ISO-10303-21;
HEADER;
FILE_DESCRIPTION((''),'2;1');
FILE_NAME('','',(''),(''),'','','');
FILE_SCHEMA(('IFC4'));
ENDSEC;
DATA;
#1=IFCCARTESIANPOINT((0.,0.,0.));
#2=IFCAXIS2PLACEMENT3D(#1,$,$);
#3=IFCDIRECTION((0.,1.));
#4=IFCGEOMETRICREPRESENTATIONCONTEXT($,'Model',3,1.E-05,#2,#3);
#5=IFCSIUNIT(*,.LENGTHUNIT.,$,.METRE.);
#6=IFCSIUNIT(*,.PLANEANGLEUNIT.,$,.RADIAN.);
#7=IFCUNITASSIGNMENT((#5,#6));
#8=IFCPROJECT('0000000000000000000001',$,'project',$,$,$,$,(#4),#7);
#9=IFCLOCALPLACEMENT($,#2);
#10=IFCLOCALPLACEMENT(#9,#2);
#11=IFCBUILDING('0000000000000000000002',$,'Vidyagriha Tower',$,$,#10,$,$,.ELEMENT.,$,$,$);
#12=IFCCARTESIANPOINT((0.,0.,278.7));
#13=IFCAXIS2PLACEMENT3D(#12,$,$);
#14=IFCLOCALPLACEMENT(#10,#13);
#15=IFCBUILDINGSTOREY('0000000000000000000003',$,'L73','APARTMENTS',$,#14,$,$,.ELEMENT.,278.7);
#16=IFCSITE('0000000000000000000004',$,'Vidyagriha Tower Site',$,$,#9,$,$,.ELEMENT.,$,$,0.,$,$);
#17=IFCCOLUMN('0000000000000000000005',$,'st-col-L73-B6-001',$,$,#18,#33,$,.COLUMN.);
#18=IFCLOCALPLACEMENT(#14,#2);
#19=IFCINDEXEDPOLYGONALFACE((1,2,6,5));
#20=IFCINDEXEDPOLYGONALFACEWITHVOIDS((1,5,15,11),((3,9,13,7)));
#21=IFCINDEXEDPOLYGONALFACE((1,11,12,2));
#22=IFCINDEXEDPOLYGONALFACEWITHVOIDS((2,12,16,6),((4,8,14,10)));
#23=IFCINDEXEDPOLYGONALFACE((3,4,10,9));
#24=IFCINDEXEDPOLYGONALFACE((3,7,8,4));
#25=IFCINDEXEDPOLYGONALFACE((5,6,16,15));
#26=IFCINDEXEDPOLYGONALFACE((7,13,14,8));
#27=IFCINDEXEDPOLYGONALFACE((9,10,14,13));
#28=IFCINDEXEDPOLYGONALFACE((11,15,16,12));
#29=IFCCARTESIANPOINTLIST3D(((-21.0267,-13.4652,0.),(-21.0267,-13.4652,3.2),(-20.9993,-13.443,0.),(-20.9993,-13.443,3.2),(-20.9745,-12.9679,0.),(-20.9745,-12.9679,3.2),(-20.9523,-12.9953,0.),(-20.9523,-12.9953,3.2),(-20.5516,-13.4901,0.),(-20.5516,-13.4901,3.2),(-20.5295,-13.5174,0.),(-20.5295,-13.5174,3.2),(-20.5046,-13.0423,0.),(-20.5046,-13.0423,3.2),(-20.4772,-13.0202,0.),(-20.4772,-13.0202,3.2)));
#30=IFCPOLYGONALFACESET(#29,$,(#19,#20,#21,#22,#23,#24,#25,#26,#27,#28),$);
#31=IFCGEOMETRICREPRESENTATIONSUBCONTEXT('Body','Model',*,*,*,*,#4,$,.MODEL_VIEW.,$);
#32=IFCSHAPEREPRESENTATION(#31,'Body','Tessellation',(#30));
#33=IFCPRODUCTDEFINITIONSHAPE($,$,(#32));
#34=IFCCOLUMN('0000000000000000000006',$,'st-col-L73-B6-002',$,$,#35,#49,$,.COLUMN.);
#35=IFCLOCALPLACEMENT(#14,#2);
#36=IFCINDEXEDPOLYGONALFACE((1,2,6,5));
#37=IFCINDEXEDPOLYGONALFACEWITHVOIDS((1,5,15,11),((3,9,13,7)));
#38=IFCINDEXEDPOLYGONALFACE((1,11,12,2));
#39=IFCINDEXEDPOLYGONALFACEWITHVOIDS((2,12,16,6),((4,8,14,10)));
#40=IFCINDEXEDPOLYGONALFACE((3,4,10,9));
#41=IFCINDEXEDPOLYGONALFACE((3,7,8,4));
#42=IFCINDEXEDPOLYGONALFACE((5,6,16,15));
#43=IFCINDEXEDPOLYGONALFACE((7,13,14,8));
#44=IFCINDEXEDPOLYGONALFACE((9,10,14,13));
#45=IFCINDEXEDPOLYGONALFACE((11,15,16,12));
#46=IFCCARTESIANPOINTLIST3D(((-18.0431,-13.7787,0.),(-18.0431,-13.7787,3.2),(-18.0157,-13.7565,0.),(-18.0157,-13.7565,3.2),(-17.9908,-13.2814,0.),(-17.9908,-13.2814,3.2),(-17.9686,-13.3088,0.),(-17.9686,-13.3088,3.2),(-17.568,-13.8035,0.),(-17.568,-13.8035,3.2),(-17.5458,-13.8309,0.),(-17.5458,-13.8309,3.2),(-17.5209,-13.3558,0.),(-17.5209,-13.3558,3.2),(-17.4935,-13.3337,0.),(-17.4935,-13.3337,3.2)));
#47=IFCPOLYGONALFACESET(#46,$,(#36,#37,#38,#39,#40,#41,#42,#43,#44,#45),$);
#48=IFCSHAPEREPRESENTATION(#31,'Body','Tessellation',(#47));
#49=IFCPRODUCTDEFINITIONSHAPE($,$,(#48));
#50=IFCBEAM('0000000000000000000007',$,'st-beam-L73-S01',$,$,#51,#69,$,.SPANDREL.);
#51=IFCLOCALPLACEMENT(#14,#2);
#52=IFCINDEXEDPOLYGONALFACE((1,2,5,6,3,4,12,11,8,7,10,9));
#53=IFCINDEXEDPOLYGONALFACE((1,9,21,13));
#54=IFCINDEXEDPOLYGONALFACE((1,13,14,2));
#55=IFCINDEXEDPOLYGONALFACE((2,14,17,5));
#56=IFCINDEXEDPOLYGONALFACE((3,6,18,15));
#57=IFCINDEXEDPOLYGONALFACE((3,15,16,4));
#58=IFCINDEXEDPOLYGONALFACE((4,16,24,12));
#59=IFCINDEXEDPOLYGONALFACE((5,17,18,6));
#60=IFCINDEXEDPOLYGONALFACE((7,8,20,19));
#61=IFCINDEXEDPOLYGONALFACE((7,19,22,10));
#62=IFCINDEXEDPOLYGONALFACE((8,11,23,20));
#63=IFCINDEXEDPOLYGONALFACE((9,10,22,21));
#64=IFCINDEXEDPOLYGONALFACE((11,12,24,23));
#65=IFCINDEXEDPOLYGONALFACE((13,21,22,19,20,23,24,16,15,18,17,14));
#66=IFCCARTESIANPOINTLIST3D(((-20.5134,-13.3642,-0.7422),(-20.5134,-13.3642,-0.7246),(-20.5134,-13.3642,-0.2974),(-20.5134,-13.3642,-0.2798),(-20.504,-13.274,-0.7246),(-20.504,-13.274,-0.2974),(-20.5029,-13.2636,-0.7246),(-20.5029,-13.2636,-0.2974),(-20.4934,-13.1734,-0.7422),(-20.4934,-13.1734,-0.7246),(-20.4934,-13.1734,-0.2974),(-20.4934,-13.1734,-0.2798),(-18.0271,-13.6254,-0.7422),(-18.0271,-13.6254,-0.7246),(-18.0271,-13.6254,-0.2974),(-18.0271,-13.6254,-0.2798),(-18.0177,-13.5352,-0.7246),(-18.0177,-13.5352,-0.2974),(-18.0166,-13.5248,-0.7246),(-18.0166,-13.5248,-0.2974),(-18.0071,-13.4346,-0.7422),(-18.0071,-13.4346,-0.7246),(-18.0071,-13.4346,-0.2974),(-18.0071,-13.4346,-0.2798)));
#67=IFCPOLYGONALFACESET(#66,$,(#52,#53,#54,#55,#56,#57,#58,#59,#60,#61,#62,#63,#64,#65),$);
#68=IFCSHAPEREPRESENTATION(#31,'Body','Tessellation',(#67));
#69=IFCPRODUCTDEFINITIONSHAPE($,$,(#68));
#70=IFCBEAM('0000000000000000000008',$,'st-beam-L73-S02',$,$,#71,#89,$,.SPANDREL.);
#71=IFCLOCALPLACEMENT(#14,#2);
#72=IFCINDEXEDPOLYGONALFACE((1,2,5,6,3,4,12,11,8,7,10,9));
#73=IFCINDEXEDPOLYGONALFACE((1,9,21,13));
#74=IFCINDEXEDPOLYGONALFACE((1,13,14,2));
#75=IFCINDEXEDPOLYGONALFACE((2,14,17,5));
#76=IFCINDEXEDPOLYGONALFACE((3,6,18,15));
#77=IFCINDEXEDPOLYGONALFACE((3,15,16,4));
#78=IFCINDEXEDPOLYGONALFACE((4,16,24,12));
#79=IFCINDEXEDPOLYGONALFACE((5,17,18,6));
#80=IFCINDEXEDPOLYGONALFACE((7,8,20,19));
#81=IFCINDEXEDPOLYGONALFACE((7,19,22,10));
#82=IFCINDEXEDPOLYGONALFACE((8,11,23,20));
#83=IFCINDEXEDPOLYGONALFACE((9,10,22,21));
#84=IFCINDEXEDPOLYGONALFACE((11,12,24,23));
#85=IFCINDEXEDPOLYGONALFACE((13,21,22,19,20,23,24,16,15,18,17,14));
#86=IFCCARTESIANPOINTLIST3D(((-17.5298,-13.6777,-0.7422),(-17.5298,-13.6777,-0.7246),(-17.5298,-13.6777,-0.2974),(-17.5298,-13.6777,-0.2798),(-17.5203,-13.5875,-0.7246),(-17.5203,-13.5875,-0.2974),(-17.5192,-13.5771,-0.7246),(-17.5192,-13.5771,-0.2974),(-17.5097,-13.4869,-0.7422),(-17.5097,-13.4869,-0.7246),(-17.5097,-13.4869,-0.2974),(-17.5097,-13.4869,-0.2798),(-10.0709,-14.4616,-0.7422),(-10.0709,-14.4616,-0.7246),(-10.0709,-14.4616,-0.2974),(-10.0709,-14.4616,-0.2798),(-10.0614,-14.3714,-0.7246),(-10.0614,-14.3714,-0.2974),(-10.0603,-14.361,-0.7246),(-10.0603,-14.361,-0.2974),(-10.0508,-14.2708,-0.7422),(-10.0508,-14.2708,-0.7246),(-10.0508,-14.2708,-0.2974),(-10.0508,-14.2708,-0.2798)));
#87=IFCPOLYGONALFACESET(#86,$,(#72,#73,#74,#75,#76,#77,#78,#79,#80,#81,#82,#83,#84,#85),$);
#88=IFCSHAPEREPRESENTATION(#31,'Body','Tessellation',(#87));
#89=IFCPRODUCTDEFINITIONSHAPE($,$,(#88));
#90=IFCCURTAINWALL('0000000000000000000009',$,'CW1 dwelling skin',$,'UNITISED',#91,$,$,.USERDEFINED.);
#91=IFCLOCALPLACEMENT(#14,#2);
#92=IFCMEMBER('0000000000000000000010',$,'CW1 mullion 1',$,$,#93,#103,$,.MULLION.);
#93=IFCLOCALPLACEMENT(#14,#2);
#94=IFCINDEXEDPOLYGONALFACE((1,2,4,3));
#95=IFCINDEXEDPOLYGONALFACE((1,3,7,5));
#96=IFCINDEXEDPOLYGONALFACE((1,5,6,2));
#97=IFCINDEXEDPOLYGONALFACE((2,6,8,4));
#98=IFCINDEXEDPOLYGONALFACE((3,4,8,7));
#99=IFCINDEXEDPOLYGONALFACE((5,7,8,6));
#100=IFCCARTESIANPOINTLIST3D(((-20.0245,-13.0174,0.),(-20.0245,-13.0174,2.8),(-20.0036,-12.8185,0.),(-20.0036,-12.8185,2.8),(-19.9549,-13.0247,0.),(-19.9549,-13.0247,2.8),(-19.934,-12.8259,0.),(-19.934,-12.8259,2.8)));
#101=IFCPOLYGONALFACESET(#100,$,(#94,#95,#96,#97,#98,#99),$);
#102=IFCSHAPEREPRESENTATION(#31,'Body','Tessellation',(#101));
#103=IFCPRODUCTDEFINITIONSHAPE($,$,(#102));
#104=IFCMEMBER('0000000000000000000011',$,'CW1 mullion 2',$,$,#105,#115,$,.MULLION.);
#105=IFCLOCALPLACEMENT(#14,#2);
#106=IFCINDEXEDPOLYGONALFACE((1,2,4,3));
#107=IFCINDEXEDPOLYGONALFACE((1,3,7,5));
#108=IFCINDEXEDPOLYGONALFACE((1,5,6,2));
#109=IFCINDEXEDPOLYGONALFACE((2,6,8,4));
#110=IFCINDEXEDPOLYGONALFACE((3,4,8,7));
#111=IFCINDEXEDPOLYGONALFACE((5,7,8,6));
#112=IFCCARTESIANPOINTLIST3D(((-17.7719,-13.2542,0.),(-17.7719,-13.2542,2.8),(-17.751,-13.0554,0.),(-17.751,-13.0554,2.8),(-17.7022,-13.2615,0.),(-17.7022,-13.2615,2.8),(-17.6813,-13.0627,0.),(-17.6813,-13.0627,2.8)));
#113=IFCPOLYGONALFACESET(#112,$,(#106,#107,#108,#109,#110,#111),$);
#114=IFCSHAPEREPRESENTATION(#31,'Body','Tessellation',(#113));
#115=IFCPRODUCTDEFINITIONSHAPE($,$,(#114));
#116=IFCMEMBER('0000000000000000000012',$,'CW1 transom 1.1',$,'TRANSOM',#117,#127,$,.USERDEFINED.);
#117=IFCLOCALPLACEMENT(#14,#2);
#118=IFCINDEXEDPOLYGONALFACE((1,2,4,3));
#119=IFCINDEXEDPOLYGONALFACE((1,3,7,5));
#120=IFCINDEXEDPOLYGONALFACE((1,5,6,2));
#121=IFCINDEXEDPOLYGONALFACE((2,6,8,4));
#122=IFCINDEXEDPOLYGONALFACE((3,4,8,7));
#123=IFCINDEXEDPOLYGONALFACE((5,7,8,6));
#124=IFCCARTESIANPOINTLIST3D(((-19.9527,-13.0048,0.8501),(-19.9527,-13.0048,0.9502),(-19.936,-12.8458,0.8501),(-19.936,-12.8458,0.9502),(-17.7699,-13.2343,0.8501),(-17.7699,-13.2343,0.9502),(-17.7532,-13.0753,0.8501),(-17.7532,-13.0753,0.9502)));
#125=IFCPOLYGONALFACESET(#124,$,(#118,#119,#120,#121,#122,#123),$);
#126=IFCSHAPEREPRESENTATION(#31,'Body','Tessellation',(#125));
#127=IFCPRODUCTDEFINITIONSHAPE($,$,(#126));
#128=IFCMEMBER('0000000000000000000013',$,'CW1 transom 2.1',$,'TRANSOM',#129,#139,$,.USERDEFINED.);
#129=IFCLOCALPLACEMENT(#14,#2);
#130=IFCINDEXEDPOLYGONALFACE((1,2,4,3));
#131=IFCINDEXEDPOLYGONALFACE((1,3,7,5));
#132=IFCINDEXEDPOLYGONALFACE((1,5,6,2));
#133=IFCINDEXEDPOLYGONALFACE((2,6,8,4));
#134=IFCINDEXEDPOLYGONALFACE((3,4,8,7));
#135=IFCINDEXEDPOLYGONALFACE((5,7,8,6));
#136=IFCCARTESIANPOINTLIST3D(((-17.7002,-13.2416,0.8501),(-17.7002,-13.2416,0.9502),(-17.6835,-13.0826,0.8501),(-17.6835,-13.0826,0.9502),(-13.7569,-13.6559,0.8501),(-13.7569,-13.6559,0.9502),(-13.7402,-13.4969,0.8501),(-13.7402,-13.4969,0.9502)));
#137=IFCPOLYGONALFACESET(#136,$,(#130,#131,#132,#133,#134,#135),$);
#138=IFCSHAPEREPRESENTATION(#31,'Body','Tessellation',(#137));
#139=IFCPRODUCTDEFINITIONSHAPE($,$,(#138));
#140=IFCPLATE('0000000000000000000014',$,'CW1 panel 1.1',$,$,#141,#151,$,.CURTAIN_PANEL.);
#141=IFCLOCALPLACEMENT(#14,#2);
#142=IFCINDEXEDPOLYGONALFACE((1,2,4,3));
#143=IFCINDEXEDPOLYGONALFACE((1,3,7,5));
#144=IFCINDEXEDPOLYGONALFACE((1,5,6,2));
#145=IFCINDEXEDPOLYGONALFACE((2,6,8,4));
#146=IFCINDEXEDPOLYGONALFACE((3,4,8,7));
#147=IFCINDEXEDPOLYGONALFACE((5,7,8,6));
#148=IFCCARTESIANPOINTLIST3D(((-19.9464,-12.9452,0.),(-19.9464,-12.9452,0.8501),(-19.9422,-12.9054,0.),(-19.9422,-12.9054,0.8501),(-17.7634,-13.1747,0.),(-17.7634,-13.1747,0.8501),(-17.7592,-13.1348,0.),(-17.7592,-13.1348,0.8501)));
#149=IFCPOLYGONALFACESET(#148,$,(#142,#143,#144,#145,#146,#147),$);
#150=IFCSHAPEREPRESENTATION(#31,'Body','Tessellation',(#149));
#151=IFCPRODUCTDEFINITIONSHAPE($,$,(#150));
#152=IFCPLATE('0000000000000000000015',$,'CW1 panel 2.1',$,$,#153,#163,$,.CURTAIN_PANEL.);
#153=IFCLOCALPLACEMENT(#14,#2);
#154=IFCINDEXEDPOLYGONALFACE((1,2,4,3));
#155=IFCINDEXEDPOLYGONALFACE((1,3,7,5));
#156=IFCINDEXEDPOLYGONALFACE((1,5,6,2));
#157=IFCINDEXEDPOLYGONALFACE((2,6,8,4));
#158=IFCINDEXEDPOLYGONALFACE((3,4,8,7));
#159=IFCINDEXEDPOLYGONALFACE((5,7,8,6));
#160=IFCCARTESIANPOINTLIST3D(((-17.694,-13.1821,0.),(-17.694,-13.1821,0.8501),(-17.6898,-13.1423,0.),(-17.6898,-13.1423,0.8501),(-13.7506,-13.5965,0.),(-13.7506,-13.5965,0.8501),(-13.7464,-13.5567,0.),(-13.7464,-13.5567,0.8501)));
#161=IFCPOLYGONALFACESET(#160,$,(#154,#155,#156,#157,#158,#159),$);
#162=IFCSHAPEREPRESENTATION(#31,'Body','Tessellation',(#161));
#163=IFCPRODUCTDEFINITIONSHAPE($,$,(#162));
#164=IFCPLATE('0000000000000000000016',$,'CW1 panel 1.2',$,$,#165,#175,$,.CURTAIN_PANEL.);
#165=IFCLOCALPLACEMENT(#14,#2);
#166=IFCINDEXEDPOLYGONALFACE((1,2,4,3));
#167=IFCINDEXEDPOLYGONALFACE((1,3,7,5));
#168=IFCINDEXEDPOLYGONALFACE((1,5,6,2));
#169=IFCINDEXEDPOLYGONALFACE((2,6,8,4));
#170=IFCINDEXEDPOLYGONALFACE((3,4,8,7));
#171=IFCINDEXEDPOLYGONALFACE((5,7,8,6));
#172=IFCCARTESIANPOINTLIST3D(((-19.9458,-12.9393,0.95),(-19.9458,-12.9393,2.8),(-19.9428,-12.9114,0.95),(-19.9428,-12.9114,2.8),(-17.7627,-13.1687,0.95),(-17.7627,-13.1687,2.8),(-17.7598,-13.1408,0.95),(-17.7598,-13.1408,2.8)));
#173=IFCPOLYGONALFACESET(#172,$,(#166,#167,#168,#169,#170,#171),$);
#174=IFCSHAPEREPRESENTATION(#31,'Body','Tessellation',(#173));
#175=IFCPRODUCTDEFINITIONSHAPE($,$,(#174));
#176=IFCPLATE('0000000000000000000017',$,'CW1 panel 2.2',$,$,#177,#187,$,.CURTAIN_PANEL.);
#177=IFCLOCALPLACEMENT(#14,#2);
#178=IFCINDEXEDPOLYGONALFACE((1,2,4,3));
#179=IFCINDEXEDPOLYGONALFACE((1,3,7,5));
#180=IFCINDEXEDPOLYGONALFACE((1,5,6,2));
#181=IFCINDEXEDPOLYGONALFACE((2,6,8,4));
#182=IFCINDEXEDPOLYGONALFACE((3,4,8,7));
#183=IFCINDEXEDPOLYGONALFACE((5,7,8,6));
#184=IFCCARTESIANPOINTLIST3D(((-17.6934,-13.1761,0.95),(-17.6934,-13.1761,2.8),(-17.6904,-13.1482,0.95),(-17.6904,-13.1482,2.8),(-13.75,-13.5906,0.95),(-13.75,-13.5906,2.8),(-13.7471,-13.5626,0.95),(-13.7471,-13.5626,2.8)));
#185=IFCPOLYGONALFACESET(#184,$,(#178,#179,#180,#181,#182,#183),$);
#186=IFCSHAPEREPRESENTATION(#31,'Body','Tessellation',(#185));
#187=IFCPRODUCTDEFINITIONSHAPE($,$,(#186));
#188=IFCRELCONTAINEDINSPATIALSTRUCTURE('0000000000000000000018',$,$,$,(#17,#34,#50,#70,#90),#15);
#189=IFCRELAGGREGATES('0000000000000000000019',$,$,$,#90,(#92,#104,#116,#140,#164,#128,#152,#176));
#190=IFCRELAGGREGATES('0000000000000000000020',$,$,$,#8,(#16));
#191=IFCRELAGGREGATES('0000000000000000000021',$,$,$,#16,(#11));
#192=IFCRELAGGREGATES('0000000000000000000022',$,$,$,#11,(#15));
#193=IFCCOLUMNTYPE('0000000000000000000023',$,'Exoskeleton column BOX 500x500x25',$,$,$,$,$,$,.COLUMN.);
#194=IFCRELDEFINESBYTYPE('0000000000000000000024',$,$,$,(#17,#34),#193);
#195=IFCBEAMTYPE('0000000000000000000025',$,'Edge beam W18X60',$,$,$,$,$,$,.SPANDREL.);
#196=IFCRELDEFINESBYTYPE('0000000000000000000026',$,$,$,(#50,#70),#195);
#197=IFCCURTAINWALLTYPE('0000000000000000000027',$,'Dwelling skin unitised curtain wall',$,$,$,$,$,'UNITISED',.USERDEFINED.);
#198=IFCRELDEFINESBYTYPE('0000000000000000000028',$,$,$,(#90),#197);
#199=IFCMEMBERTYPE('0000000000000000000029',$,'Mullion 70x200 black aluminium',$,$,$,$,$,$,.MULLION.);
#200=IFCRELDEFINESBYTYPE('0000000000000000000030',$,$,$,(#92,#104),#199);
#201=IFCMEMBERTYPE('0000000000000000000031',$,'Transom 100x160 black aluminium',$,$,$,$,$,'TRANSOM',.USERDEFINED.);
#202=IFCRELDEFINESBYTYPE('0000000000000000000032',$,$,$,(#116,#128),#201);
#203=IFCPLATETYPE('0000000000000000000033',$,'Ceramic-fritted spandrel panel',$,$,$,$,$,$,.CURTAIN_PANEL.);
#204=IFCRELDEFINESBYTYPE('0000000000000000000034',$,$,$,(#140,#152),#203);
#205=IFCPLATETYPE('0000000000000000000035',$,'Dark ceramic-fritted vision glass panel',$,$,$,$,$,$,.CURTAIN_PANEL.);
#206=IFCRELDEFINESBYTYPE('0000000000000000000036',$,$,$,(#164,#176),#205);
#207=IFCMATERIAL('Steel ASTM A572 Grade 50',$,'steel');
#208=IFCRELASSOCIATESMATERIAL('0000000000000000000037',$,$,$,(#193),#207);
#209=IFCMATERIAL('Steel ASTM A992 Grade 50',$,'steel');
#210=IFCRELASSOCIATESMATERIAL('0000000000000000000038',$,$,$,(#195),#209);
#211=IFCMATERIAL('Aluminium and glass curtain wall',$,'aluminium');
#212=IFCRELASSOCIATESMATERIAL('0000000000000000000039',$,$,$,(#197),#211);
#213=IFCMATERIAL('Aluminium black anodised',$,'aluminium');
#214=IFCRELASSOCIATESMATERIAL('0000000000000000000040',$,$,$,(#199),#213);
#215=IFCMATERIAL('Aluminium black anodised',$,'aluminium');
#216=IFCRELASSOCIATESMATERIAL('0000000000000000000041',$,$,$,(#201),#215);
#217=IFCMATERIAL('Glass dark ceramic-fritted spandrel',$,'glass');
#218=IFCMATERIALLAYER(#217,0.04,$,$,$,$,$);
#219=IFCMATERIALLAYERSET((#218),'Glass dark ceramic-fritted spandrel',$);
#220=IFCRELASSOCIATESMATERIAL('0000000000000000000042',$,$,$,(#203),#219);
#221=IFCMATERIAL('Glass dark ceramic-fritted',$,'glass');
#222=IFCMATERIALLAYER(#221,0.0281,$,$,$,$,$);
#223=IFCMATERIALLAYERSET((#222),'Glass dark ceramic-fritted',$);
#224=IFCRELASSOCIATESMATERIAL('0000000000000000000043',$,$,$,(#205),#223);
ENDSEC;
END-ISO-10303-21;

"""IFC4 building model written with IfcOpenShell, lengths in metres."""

from ifc_helpers import new_model, si_unit, direction, frame, origin, origin_2d, place, context, subcontext, project, spatial, rectangle, hollow_rectangle, i_section, extrude, material, layer, layer_set, material_profile, profile_set, type_object, element, aggregate, save


model = new_model("IFC4")

# Units and contexts
model_context = context("Model", 3, precision=1e-05, world=origin(), true_north=direction((0.0, 1.0)))
body_context = subcontext(model_context, "Body", "Model", "MODEL_VIEW")
ifc_project = project(units=[si_unit("LENGTHUNIT", "METRE"), si_unit("PLANEANGLEUNIT", "RADIAN")], contexts=[model_context])

# Site, building, storey
site_placement = place(None, origin())
site = spatial("IfcSite", under=ifc_project, at=site_placement, Name="Vidyagriha Tower Site", CompositionType="ELEMENT", RefElevation=0.0)
building_placement = place(site_placement, origin())
building = spatial("IfcBuilding", under=site, at=building_placement, Name="Vidyagriha Tower", CompositionType="ELEMENT")
storey_placement = place(building_placement, frame((0.0, 0.0, 278.7)))
storey = spatial("IfcBuildingStorey", under=building, at=storey_placement, Name="L73", Description="APARTMENTS", CompositionType="ELEMENT", Elevation=278.7)

# Columns
ifc_material_1 = material(Name="Steel ASTM A572 Grade 50", Category="steel")
ifc_material_profile_1 = material_profile(ifc_material_1, hollow_rectangle(XDim=0.5, YDim=0.5, WallThickness=0.0249, at=origin_2d()), Name="BOX 500x500x25")
ifc_profile_set_1 = profile_set([ifc_material_profile_1], Name="Steel ASTM A572 Grade 50")
column_type = type_object("IfcColumnType", Name="Exoskeleton column BOX 500x500x25", PredefinedType="COLUMN", material=ifc_profile_set_1)
for number, where, z_axis, x_axis, name in (
    (1, (-20.752, -13.2427, 0.0), (0.0, 0.0, 1.0), (0.994522, -0.104528, 0.0), "st-col-L73-B6-001"),
    (2, (-17.7683, -13.5562, 0.0), (0.0, 0.0, 1.0), (0.994522, -0.104528, 0.0), "st-col-L73-B6-002"),
):
    element("IfcColumn", number, at=place(storey_placement, frame(where, z_axis=z_axis, x_axis=x_axis)), inside=storey, type_object=column_type, Name=name, PredefinedType="COLUMN", context=body_context, shape_type="SweptSolid", body=[
        extrude(hollow_rectangle(XDim=0.5, YDim=0.5, WallThickness=0.0249, at=origin_2d()), origin(), (0.0, 0.0, 1.0), 3.2),
    ])

# Beams
ifc_material_2 = material(Name="Steel ASTM A992 Grade 50", Category="steel")
ifc_material_profile_2 = material_profile(ifc_material_2, i_section(OverallWidth=0.1919, OverallDepth=0.4624, WebThickness=0.0105, FlangeThickness=0.0176, at=origin_2d()), Name="W18X60")
ifc_profile_set_2 = profile_set([ifc_material_profile_2], Name="Steel ASTM A992 Grade 50")
beam_type = type_object("IfcBeamType", Name="Edge beam W18X60", PredefinedType="SPANDREL", material=ifc_profile_set_2)
beam_1_placement = place(storey_placement, frame((-20.5034, -13.2688, -0.511), z_axis=(0.994526, -0.104492, 0.0), x_axis=(0.104492, 0.994526, 0.0)))
element("IfcBeam", 3, at=beam_1_placement, inside=storey, type_object=beam_type, Name="st-beam-L73-S01", PredefinedType="SPANDREL", context=body_context, shape_type="SweptSolid", body=[
    extrude(i_section(OverallWidth=0.1919, OverallDepth=0.4624, WebThickness=0.0105, FlangeThickness=0.0176, at=origin_2d()), origin(), (0.0, 0.0, 1.0), 2.5),
])
beam_2_placement = place(storey_placement, frame((-17.5198, -13.5823, -0.511), z_axis=(0.994522, -0.104524, 0.0), x_axis=(0.104524, 0.994522, 0.0)))
element("IfcBeam", 4, at=beam_2_placement, inside=storey, type_object=beam_type, Name="st-beam-L73-S02", PredefinedType="SPANDREL", context=body_context, shape_type="SweptSolid", body=[
    extrude(i_section(OverallWidth=0.1919, OverallDepth=0.4624, WebThickness=0.0105, FlangeThickness=0.0176, at=origin_2d()), origin(), (0.0, 0.0, 1.0), 7.5),
])

# Curtain wall, members, plates
ifc_material_3 = material(Name="Aluminium and glass curtain wall", Category="aluminium")
curtain_wall_type = type_object("IfcCurtainWallType", Name="Dwelling skin unitised curtain wall", ElementType="UNITISED", PredefinedType="USERDEFINED", material=ifc_material_3)
curtain_wall_placement = place(storey_placement, origin())
curtain_wall = element("IfcCurtainWall", 5, at=curtain_wall_placement, inside=storey, type_object=curtain_wall_type, Name="CW1 dwelling skin", ObjectType="UNITISED", PredefinedType="USERDEFINED")
ifc_material_4 = material(Name="Aluminium black anodised", Category="aluminium")
ifc_material_profile_3 = material_profile(ifc_material_4, rectangle(XDim=0.2, YDim=0.0701, at=origin_2d()), Name="Mullion 70x200 black aluminium")
ifc_profile_set_3 = profile_set([ifc_material_profile_3], Name="Aluminium black anodised")
member_type_1 = type_object("IfcMemberType", Name="Mullion 70x200 black aluminium", PredefinedType="MULLION", material=ifc_profile_set_3)
member_1_placement = place(storey_placement, frame((-19.9792, -12.9216, 0.0), z_axis=(0.0, 0.0, 1.0), x_axis=(0.104524, 0.994522, 0.0)))
member_1 = element("IfcMember", 6, at=member_1_placement, type_object=member_type_1, Name="CW1 mullion 1", PredefinedType="MULLION", context=body_context, shape_type="SweptSolid", body=[
    extrude(rectangle(XDim=0.2, YDim=0.0701, at=origin_2d()), origin(), (0.0, 0.0, 1.0), 2.8),
])
member_2_placement = place(storey_placement, frame((-17.7266, -13.1584, 0.0), z_axis=(0.0, 0.0, 1.0), x_axis=(0.104524, 0.994522, 0.0)))
member_2 = element("IfcMember", 7, at=member_2_placement, type_object=member_type_1, Name="CW1 mullion 2", PredefinedType="MULLION", context=body_context, shape_type="SweptSolid", body=[
    extrude(rectangle(XDim=0.2, YDim=0.0701, at=origin_2d()), origin(), (0.0, 0.0, 1.0), 2.8),
])
ifc_material_5 = material(Name="Aluminium black anodised", Category="aluminium")
ifc_material_profile_4 = material_profile(ifc_material_5, rectangle(XDim=0.1599, YDim=0.1001, at=origin_2d()), Name="Transom 100x160 black aluminium")
ifc_profile_set_4 = profile_set([ifc_material_profile_4], Name="Aluminium black anodised")
member_type_2 = type_object("IfcMemberType", Name="Transom 100x160 black aluminium", ElementType="TRANSOM", PredefinedType="USERDEFINED", material=ifc_profile_set_4)
member_3_placement = place(storey_placement, frame((-19.9443, -12.9253, 0.9001), z_axis=(0.994519, -0.104557, 0.0), x_axis=(0.104557, 0.994519, 0.0)))
member_3 = element("IfcMember", 8, at=member_3_placement, type_object=member_type_2, Name="CW1 transom 1.1", ObjectType="TRANSOM", PredefinedType="USERDEFINED", context=body_context, shape_type="SweptSolid", body=[
    extrude(rectangle(XDim=0.1599, YDim=0.1001, at=origin_2d()), origin(), (0.0, 0.0, 1.0), 2.1948),
])
member_4_placement = place(storey_placement, frame((-17.6919, -13.1621, 0.9001), z_axis=(0.994526, -0.104489, 0.0), x_axis=(0.104489, 0.994526, 0.0)))
member_4 = element("IfcMember", 9, at=member_4_placement, type_object=member_type_2, Name="CW1 transom 2.1", ObjectType="TRANSOM", PredefinedType="USERDEFINED", context=body_context, shape_type="SweptSolid", body=[
    extrude(rectangle(XDim=0.1599, YDim=0.1001, at=origin_2d()), origin(), (0.0, 0.0, 1.0), 3.9651),
])
ifc_material_6 = material(Name="Glass dark ceramic-fritted spandrel", Category="glass")
ifc_layer_1 = layer(ifc_material_6, 0.04)
ifc_layer_set_1 = layer_set([ifc_layer_1], Name="Glass dark ceramic-fritted spandrel")
plate_type_1 = type_object("IfcPlateType", Name="Ceramic-fritted spandrel panel", PredefinedType="CURTAIN_PANEL", material=ifc_layer_set_1)
plate_1_placement = place(storey_placement, frame((-18.8528, -13.04, 0.0), z_axis=(0.0, 0.0, 1.0), x_axis=(0.994522, -0.104524, 0.0)))
plate_1 = element("IfcPlate", 10, at=plate_1_placement, type_object=plate_type_1, Name="CW1 panel 1.1", PredefinedType="CURTAIN_PANEL", context=body_context, shape_type="SweptSolid", body=[
    extrude(rectangle(XDim=2.1951, YDim=0.04, at=origin_2d()), origin(), (0.0, 0.0, 1.0), 0.8501),
])
plate_2_placement = place(storey_placement, frame((-15.7202, -13.3694, 0.0), z_axis=(0.0, 0.0, 1.0), x_axis=(0.994522, -0.104524, 0.0)))
plate_2 = element("IfcPlate", 11, at=plate_2_placement, type_object=plate_type_1, Name="CW1 panel 2.1", PredefinedType="CURTAIN_PANEL", context=body_context, shape_type="SweptSolid", body=[
    extrude(rectangle(XDim=3.9651, YDim=0.04, at=origin_2d()), origin(), (0.0, 0.0, 1.0), 0.8501),
])
ifc_material_7 = material(Name="Glass dark ceramic-fritted", Category="glass")
ifc_layer_2 = layer(ifc_material_7, 0.0281)
ifc_layer_set_2 = layer_set([ifc_layer_2], Name="Glass dark ceramic-fritted")
plate_type_2 = type_object("IfcPlateType", Name="Dark ceramic-fritted vision glass panel", PredefinedType="CURTAIN_PANEL", material=ifc_layer_set_2)
plate_3_placement = place(storey_placement, frame((-18.8528, -13.04, 0.95), z_axis=(0.0, 0.0, 1.0), x_axis=(0.994522, -0.104524, 0.0)))
plate_3 = element("IfcPlate", 12, at=plate_3_placement, type_object=plate_type_2, Name="CW1 panel 1.2", PredefinedType="CURTAIN_PANEL", context=body_context, shape_type="SweptSolid", body=[
    extrude(rectangle(XDim=2.1951, YDim=0.0281, at=origin_2d()), origin(), (0.0, 0.0, 1.0), 1.8501),
])
plate_4_placement = place(storey_placement, frame((-15.7202, -13.3694, 0.95), z_axis=(0.0, 0.0, 1.0), x_axis=(0.994522, -0.104524, 0.0)))
plate_4 = element("IfcPlate", 13, at=plate_4_placement, type_object=plate_type_2, Name="CW1 panel 2.2", PredefinedType="CURTAIN_PANEL", context=body_context, shape_type="SweptSolid", body=[
    extrude(rectangle(XDim=3.9651, YDim=0.0281, at=origin_2d()), origin(), (0.0, 0.0, 1.0), 1.8501),
])
aggregate(curtain_wall, [member_1, member_2, member_3, plate_1, plate_3, member_4, plate_2, plate_4])

save(model, "model.ifc")
